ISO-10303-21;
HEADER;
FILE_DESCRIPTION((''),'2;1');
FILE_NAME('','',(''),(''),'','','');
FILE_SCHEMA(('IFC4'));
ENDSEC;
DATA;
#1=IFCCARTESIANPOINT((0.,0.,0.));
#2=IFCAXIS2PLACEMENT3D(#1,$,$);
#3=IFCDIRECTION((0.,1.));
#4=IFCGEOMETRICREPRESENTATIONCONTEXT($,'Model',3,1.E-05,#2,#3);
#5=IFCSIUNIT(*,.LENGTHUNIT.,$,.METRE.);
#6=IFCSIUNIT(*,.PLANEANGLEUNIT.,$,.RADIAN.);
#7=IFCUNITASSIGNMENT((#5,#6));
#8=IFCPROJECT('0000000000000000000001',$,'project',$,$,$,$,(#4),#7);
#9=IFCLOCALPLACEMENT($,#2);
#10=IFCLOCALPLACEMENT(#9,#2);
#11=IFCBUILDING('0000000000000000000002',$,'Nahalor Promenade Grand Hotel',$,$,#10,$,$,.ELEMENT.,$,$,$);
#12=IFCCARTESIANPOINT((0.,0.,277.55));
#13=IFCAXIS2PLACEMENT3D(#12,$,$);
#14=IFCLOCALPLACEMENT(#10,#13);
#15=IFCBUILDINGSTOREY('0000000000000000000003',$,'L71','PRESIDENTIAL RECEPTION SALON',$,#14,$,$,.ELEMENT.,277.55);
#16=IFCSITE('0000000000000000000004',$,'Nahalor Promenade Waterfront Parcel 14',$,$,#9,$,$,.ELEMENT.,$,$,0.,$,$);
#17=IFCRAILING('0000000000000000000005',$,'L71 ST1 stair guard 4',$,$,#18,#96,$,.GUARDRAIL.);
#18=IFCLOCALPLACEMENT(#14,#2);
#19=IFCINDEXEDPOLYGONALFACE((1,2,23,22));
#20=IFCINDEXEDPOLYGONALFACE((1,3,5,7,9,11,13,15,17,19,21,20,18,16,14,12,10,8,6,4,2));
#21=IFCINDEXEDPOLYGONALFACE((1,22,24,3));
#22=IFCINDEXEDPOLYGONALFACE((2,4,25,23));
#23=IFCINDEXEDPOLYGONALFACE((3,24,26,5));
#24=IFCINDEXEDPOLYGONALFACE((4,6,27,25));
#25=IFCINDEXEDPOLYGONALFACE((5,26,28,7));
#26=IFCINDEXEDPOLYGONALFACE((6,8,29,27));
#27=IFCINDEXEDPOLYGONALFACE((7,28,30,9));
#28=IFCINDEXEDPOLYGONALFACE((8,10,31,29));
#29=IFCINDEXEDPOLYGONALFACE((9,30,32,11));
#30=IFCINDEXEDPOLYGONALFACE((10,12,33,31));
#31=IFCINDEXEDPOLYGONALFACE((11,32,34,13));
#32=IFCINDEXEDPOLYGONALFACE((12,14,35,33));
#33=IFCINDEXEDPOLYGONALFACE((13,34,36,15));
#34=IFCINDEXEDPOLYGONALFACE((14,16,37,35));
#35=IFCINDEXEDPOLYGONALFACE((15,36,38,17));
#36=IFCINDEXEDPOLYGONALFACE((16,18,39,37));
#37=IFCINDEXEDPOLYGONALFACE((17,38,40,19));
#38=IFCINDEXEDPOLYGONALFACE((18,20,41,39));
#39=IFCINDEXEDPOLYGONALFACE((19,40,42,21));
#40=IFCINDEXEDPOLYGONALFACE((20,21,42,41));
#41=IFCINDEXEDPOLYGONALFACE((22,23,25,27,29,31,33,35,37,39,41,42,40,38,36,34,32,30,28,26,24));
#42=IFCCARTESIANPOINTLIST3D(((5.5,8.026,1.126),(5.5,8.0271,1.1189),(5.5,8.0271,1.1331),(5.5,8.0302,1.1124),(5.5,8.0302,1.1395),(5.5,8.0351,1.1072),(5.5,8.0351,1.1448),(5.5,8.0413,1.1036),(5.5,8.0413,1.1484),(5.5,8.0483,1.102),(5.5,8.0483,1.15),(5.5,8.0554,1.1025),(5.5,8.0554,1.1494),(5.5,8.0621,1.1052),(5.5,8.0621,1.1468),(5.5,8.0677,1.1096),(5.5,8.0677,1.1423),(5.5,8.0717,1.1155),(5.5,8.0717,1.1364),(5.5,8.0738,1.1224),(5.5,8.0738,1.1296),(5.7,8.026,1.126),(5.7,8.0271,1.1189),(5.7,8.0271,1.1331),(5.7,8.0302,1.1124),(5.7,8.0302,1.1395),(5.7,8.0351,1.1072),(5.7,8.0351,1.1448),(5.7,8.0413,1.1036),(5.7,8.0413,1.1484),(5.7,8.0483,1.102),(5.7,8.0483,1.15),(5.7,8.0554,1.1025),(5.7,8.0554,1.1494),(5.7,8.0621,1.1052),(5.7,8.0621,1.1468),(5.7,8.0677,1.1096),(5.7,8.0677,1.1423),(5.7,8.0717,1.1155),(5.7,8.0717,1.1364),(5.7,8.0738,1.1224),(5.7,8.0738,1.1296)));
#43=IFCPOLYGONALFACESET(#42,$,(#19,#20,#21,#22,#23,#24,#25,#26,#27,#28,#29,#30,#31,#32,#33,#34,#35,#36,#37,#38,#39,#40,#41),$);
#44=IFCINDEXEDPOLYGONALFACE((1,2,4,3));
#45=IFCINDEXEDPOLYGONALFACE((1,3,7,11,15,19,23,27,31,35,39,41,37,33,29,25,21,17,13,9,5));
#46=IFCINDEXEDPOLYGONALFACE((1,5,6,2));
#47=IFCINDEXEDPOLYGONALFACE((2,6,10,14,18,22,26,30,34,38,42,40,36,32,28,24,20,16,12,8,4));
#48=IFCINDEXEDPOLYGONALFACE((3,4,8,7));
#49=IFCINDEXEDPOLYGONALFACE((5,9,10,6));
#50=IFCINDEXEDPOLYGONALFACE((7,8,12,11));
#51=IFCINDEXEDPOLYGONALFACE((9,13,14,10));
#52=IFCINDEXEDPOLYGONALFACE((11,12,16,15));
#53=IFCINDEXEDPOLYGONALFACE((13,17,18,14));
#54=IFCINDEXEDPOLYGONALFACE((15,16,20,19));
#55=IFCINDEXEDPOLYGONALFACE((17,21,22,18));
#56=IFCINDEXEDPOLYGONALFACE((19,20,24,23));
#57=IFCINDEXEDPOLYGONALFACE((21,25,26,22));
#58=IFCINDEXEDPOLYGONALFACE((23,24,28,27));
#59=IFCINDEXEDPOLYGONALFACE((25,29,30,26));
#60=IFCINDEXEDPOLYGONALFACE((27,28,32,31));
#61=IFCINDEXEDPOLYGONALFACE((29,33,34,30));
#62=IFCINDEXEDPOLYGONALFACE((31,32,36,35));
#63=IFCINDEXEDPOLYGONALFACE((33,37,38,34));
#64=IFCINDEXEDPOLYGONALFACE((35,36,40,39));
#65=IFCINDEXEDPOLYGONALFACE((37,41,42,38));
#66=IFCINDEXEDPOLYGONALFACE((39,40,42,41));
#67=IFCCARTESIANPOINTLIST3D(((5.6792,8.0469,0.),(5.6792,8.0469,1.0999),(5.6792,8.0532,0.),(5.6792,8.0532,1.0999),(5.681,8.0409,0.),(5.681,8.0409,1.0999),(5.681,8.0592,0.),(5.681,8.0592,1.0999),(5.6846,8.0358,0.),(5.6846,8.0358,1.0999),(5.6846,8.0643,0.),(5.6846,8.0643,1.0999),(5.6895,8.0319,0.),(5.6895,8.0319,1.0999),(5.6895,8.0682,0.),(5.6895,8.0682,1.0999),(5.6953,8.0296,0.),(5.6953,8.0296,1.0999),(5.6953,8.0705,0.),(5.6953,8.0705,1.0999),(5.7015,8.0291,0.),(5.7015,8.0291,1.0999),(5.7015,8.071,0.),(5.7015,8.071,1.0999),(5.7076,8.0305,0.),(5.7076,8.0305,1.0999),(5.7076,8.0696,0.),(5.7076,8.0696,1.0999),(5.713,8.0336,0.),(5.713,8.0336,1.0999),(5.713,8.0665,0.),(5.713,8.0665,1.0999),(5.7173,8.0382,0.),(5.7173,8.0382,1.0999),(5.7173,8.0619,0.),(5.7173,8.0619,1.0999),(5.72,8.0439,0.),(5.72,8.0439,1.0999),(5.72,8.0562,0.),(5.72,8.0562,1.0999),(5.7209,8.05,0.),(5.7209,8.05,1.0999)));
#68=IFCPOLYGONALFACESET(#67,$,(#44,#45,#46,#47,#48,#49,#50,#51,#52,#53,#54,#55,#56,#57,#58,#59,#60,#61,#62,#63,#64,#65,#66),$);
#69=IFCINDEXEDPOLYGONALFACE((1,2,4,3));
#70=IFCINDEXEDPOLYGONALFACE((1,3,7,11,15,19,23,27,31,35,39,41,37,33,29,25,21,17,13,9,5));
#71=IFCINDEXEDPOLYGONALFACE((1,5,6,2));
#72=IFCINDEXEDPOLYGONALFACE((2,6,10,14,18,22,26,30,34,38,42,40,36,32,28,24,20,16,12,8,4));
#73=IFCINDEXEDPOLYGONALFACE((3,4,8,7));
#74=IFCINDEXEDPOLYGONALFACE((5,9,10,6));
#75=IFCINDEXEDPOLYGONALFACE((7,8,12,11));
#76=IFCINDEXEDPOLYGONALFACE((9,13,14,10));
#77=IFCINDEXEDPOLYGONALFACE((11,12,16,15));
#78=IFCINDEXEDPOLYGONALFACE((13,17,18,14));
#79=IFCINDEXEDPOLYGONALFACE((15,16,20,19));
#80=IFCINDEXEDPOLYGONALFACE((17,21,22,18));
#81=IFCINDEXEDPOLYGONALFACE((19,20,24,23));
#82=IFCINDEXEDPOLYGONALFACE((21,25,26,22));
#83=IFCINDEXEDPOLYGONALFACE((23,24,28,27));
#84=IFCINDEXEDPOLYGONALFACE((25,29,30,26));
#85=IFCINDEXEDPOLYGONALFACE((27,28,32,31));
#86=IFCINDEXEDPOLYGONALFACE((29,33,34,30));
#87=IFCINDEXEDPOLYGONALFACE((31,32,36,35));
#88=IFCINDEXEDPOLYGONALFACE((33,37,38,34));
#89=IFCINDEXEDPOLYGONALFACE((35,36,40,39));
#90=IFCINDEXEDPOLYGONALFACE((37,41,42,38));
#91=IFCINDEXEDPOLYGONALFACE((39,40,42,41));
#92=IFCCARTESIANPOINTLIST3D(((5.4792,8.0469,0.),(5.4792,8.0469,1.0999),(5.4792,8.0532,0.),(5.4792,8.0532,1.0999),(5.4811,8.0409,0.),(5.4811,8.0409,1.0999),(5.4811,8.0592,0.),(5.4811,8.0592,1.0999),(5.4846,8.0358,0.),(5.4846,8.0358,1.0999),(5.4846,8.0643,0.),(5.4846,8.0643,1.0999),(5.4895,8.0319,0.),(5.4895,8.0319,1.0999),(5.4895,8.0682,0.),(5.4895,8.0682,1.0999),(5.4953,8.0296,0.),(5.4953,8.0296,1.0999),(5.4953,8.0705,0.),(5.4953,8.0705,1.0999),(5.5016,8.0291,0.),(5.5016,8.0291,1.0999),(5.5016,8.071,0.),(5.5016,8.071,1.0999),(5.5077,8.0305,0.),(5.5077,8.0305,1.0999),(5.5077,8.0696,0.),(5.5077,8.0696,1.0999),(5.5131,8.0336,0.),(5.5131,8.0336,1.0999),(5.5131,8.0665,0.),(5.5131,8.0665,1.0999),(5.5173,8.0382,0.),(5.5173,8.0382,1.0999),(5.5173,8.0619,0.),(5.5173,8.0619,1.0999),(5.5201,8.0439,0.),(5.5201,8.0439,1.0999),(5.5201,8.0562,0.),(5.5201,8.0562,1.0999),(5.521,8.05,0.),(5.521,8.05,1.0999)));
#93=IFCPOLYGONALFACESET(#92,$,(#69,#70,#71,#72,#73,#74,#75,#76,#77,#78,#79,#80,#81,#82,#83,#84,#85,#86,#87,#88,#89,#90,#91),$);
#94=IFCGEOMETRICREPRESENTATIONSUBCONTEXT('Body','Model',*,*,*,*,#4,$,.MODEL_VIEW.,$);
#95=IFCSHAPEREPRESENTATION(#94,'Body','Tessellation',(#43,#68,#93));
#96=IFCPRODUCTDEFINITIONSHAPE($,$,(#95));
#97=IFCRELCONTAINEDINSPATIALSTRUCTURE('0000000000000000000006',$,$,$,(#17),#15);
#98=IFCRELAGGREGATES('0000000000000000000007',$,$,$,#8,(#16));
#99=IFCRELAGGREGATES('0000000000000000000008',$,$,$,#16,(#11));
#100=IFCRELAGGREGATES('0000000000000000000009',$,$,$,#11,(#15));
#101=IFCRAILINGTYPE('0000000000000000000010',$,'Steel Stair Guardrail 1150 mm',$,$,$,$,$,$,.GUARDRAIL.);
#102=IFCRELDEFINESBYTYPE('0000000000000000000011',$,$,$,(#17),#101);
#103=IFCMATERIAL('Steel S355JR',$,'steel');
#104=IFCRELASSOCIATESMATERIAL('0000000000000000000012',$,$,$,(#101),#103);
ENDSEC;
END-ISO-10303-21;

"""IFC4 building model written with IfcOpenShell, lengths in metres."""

from ifc_helpers import new_model, si_unit, direction, frame, origin, origin_2d, place, context, subcontext, project, spatial, circle, extrude, material, type_object, element, save


model = new_model("IFC4")

# Units and contexts
model_context = context("Model", 3, precision=1e-05, world=origin(), true_north=direction((0.0, 1.0)))
body_context = subcontext(model_context, "Body", "Model", "MODEL_VIEW")
ifc_project = project(units=[si_unit("LENGTHUNIT", "METRE"), si_unit("PLANEANGLEUNIT", "RADIAN")], contexts=[model_context])

# Site, building, storey
site_placement = place(None, origin())
site = spatial("IfcSite", under=ifc_project, at=site_placement, Name="Nahalor Promenade Waterfront Parcel 14", CompositionType="ELEMENT", RefElevation=0.0)
building_placement = place(site_placement, origin())
building = spatial("IfcBuilding", under=site, at=building_placement, Name="Nahalor Promenade Grand Hotel", CompositionType="ELEMENT")
storey_placement = place(building_placement, frame((0.0, 0.0, 277.55)))
storey = spatial("IfcBuildingStorey", under=building, at=storey_placement, Name="L71", Description="PRESIDENTIAL RECEPTION SALON", CompositionType="ELEMENT", Elevation=277.55)

# Shared definitions
ifc_material_1 = material(Name="Steel S355JR", Category="steel")

# Railing
railing_type_1 = type_object("IfcRailingType", Name="Steel Stair Guardrail 1150 mm", PredefinedType="GUARDRAIL", material=ifc_material_1)
railing_1_placement = place(storey_placement, frame((5.7, 8.05, 0.0)))
element("IfcRailing", 1, at=railing_1_placement, inside=storey, type_object=railing_type_1, Name="L71 ST1 stair guard 4", PredefinedType="GUARDRAIL", context=body_context, shape_type="SweptSolid", body=[
    extrude(circle(Radius=0.024, at=origin_2d()), frame((0.0, 0.0, 1.126), z_axis=(-1.0, 0.0, 0.0), x_axis=(0.0, -1.0, 0.0)), (0.0, 0.0, 1.0), 0.2),
    extrude(circle(Radius=0.021, at=origin_2d()), origin(), (0.0, 0.0, 1.0), 1.0999),
    extrude(circle(Radius=0.021, at=origin_2d()), frame((-0.2, 0.0, 0.0)), (0.0, 0.0, 1.0), 1.0999),
])

save(model, "model.ifc")
